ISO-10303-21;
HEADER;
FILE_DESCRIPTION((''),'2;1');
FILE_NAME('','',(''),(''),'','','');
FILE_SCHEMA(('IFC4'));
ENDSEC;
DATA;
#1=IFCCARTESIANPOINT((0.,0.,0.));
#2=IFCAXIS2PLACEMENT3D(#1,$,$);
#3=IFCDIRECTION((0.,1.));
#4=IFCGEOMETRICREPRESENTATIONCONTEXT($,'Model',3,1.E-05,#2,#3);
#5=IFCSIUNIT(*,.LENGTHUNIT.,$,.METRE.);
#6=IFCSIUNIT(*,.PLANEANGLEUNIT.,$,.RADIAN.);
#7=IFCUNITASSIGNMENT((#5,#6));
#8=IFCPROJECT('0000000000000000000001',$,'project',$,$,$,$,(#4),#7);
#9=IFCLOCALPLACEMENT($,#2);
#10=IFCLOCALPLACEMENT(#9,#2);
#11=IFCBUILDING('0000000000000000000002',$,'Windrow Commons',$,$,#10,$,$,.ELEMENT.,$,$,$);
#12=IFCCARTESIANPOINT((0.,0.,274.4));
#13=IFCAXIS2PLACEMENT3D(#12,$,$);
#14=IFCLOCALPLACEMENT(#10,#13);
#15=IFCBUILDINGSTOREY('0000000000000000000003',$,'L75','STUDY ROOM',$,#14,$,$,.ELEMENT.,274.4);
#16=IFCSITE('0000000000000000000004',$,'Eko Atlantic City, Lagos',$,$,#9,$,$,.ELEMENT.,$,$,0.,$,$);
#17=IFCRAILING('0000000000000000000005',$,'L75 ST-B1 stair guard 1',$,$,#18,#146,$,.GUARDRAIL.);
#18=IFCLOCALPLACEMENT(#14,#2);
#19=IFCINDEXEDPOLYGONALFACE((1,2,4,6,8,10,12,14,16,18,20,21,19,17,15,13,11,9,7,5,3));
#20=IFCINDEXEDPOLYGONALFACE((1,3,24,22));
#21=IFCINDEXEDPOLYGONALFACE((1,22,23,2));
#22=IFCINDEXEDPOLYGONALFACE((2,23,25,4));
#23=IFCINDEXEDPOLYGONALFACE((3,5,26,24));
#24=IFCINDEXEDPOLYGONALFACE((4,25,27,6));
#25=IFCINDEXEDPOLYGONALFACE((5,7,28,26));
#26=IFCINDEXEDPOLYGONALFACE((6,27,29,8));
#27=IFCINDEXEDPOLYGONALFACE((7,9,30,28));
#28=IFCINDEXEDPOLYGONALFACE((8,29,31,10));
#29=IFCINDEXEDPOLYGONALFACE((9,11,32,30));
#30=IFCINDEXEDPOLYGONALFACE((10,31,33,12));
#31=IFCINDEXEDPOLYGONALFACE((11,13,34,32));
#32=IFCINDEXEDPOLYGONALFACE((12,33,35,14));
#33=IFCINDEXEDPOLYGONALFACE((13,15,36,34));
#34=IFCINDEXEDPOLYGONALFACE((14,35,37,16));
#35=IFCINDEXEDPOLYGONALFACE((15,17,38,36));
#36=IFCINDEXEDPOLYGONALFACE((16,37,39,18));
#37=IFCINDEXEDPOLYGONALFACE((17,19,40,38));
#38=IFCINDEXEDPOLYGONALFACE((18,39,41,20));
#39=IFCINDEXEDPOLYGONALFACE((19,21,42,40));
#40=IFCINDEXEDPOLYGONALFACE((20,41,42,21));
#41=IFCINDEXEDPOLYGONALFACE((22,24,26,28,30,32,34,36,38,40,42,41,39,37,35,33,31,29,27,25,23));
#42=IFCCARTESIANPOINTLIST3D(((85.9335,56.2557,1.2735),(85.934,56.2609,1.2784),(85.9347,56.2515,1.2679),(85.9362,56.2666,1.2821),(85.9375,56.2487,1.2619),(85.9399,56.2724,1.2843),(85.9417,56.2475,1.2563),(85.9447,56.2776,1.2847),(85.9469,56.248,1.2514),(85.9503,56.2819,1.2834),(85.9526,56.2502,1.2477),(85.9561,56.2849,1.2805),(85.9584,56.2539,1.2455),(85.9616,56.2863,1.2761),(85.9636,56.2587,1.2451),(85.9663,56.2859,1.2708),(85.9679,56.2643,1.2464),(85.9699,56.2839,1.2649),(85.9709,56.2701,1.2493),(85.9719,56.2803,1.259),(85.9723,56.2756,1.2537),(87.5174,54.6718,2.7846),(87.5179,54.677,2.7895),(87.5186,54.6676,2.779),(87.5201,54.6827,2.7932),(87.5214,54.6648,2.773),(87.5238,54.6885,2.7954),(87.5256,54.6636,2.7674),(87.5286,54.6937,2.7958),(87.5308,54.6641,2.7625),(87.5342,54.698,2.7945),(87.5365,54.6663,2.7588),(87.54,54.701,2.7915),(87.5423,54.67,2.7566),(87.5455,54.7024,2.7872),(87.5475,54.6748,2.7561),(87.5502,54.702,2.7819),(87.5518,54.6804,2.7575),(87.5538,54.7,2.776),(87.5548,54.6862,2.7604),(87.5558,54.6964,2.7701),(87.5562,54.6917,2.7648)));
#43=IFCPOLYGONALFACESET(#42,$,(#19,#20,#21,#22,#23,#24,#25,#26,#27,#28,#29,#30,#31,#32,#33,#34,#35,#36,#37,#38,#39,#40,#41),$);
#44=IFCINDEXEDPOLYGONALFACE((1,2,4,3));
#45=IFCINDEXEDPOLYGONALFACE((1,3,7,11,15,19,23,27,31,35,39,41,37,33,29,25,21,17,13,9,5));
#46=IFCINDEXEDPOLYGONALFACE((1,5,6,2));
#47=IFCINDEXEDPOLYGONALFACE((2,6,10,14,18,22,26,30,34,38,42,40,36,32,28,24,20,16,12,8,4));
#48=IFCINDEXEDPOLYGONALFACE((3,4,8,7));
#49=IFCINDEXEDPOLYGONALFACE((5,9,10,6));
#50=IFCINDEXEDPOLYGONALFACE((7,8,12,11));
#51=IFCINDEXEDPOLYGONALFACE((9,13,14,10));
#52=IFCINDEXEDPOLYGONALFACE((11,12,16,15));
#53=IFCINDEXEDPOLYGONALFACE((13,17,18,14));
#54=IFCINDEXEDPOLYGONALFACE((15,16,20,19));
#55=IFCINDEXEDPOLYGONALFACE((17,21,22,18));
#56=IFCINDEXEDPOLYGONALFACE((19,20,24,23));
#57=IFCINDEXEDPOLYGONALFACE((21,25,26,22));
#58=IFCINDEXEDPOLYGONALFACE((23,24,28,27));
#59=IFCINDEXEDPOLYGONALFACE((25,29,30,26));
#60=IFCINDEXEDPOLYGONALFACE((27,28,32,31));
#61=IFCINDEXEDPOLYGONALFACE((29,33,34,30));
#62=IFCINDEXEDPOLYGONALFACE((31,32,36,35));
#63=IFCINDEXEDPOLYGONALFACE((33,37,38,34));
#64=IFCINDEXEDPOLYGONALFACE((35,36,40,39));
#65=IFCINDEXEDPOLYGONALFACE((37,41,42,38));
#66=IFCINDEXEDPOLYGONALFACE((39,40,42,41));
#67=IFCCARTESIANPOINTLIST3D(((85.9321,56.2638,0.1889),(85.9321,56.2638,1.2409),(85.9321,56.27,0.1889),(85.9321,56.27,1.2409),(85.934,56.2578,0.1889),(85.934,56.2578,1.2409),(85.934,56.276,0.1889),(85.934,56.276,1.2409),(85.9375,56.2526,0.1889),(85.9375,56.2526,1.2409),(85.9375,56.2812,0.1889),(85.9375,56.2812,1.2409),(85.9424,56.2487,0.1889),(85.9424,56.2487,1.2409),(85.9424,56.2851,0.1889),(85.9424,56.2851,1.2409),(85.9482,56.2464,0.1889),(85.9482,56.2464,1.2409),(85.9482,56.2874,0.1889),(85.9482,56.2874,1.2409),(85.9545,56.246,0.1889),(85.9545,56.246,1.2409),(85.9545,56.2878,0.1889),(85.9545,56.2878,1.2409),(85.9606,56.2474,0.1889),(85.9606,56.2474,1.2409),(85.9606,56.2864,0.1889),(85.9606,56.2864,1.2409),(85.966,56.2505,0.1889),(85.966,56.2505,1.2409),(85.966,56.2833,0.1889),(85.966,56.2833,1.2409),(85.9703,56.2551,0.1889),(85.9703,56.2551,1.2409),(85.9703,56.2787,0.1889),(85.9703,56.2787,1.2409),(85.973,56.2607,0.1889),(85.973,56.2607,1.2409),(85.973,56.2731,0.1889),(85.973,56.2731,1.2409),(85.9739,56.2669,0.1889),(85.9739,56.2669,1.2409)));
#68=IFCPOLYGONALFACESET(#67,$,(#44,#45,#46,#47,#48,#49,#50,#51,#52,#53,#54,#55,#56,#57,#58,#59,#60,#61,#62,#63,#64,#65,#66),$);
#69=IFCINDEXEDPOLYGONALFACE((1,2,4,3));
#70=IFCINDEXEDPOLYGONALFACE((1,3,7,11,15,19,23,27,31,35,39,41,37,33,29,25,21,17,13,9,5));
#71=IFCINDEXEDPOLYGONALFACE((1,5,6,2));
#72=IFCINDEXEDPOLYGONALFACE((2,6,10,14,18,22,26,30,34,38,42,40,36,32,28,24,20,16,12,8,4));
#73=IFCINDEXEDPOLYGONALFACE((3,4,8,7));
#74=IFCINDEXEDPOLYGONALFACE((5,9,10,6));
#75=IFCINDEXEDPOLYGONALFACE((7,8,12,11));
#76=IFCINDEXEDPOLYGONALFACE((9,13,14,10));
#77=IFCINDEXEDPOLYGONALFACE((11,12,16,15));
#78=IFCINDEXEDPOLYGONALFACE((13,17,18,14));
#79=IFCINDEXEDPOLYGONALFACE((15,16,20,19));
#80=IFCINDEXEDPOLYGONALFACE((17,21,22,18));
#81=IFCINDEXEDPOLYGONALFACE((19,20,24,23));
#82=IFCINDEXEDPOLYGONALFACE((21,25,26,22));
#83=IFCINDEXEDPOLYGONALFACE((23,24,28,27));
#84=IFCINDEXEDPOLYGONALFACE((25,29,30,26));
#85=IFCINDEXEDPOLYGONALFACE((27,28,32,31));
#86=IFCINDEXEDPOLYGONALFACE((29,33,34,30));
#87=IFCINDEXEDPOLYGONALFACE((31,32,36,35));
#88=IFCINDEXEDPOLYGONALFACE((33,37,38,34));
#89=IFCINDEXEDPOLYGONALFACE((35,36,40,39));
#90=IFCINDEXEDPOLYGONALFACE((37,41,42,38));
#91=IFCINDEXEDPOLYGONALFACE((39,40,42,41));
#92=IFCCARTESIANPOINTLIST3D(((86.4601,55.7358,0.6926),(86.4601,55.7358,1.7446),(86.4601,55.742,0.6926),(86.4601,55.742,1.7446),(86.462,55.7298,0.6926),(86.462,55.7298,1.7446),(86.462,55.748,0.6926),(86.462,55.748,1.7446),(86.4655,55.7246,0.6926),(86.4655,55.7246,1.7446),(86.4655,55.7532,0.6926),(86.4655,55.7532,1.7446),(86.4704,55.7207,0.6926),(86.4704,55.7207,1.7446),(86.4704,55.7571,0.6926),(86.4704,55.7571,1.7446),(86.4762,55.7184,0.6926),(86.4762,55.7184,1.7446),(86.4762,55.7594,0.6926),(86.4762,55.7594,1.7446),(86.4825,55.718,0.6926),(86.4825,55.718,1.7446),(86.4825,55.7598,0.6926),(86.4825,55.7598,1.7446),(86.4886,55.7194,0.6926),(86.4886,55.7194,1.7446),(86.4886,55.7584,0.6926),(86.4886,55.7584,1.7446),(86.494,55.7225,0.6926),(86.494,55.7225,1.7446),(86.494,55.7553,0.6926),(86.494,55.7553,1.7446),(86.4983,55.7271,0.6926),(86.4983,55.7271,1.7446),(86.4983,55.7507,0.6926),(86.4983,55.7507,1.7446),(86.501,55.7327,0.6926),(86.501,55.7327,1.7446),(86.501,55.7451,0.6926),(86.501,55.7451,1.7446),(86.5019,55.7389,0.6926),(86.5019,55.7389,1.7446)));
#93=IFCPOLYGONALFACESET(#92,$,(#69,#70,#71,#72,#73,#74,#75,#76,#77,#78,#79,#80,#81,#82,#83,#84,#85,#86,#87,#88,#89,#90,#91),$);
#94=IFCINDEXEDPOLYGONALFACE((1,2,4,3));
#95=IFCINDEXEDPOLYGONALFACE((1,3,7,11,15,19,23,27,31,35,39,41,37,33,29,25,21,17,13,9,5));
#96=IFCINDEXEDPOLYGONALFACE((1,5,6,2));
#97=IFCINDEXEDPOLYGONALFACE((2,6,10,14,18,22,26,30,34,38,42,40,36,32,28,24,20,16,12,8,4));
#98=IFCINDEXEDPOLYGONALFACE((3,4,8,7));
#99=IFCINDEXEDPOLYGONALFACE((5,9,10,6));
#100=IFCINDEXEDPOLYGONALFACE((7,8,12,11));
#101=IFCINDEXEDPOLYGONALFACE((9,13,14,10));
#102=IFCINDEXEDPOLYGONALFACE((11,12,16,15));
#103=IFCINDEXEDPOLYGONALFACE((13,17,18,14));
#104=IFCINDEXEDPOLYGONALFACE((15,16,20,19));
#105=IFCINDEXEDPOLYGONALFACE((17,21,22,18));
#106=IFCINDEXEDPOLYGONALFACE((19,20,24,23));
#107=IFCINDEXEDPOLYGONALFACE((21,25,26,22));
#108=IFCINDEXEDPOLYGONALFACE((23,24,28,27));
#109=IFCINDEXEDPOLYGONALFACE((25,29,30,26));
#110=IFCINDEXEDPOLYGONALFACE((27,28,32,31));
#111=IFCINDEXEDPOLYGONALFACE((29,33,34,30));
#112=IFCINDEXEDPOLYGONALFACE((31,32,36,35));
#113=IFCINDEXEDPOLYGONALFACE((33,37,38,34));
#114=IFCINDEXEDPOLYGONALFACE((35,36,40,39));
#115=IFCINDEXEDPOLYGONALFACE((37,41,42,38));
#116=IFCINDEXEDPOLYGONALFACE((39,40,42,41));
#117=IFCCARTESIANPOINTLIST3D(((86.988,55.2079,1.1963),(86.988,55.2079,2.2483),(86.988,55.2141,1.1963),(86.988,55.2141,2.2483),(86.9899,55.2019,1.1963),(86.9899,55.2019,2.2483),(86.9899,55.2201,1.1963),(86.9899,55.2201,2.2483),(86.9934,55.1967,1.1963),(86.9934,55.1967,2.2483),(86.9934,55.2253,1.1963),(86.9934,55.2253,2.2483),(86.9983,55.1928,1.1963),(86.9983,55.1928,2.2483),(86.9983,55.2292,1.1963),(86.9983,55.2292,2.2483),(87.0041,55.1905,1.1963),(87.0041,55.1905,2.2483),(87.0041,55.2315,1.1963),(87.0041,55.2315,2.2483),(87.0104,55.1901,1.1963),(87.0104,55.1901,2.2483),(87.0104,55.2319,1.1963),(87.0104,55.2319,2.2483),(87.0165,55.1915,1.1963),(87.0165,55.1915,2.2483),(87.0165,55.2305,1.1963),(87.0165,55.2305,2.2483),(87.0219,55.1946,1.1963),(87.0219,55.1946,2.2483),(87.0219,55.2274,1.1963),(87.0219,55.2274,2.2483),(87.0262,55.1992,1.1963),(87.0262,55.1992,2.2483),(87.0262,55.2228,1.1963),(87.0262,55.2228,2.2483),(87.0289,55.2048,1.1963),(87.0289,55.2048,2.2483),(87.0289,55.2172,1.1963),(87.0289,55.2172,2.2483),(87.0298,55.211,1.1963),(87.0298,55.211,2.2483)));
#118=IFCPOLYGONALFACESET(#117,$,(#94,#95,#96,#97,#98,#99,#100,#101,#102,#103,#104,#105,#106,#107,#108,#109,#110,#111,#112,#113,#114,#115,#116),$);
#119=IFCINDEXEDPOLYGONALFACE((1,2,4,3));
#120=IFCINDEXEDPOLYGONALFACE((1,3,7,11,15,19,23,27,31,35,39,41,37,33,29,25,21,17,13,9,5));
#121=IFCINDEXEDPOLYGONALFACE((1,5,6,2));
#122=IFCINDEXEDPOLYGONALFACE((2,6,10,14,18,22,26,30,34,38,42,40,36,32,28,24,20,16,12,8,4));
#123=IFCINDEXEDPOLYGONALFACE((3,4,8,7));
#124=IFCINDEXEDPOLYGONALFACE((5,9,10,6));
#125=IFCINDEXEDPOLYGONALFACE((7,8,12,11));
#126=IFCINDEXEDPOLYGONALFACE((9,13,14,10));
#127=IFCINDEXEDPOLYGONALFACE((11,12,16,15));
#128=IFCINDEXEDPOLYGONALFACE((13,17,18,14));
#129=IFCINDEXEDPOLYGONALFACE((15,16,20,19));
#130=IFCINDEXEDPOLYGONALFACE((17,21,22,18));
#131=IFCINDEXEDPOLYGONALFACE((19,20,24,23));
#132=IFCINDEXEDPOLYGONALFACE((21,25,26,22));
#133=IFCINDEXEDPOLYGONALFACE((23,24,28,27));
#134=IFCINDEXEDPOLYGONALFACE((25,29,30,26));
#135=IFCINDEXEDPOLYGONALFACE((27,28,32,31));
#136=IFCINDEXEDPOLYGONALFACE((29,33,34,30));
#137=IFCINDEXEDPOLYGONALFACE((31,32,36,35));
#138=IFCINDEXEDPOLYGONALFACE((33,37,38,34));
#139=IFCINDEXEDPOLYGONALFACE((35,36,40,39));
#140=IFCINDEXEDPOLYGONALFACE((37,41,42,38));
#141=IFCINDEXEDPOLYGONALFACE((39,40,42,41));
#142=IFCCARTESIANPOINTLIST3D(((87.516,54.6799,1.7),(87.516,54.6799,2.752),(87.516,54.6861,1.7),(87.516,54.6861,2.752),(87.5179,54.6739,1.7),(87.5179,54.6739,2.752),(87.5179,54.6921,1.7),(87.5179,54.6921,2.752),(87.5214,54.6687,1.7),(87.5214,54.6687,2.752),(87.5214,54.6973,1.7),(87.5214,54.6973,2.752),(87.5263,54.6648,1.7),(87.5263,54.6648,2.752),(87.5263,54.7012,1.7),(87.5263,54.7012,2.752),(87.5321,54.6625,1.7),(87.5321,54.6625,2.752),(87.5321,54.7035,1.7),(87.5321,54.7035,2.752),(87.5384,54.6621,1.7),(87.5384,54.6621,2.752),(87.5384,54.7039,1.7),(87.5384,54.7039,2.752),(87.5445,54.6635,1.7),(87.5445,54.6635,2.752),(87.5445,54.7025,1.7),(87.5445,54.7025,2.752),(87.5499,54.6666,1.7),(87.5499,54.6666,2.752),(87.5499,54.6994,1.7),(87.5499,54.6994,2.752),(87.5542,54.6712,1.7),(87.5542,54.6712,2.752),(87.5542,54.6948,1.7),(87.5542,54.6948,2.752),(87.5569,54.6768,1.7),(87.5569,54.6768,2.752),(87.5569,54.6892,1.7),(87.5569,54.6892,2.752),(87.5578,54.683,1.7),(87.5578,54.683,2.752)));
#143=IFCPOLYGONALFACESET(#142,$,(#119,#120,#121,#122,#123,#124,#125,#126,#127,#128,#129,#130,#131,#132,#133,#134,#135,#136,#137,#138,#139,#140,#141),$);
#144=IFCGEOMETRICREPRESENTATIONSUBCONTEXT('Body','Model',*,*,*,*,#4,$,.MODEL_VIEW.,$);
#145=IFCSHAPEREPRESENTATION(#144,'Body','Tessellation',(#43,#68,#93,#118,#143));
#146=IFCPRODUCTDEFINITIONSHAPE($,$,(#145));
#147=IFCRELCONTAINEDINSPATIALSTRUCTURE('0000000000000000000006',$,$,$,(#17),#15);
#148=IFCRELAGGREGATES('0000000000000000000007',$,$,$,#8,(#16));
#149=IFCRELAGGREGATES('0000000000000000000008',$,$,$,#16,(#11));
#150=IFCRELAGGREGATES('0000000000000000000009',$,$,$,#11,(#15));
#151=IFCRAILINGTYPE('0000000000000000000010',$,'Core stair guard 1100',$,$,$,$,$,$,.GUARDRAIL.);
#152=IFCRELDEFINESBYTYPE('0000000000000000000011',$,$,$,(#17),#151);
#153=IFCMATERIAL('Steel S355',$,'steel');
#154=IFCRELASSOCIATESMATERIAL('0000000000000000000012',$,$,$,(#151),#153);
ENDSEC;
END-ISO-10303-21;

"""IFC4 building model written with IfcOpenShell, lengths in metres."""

from ifc_helpers import new_model, si_unit, direction, frame, origin, origin_2d, place, context, subcontext, project, spatial, circle, extrude, material, type_object, element, save


model = new_model("IFC4")

# Units and contexts
model_context = context("Model", 3, precision=1e-05, world=origin(), true_north=direction((0.0, 1.0)))
body_context = subcontext(model_context, "Body", "Model", "MODEL_VIEW")
ifc_project = project(units=[si_unit("LENGTHUNIT", "METRE"), si_unit("PLANEANGLEUNIT", "RADIAN")], contexts=[model_context])

# Site, building, storey
site_placement = place(None, origin())
site = spatial("IfcSite", under=ifc_project, at=site_placement, Name="Eko Atlantic City, Lagos", CompositionType="ELEMENT", RefElevation=0.0)
building_placement = place(site_placement, origin())
building = spatial("IfcBuilding", under=site, at=building_placement, Name="Windrow Commons", CompositionType="ELEMENT")
storey_placement = place(building_placement, frame((0.0, 0.0, 274.4)))
storey = spatial("IfcBuildingStorey", under=building, at=storey_placement, Name="L75", Description="STUDY ROOM", CompositionType="ELEMENT", Elevation=274.4)

# Railing
ifc_material_1 = material(Name="Steel S355", Category="steel")
railing_type_1 = type_object("IfcRailingType", Name="Core stair guard 1100", PredefinedType="GUARDRAIL", material=ifc_material_1)
railing_1_placement = place(storey_placement, frame((85.9529, 56.2669, 0.1889)))
element("IfcRailing", 1, at=railing_1_placement, inside=storey, type_object=railing_type_1, Name="L75 ST-B1 stair guard 1", PredefinedType="GUARDRAIL", context=body_context, shape_type="SweptSolid", body=[
    extrude(circle(Radius=0.024, at=origin_2d()), frame((0.0, 0.0, 1.076), z_axis=(0.586191, -0.586191, 0.559249), x_axis=(0.707107, 0.707107, 0.0)), (0.0, 0.0, 1.0), 2.702),
    extrude(circle(Radius=0.021, at=origin_2d()), origin(), (0.0, 0.0, 1.0), 1.052),
    extrude(circle(Radius=0.021, at=origin_2d()), frame((0.528, -0.528, 0.5037)), (0.0, 0.0, 1.0), 1.052),
    extrude(circle(Radius=0.021, at=origin_2d()), frame((1.0559, -1.0559, 1.0074)), (0.0, 0.0, 1.0), 1.052),
    extrude(circle(Radius=0.021, at=origin_2d()), frame((1.5839, -1.5839, 1.5111)), (0.0, 0.0, 1.0), 1.052),
])

save(model, "model.ifc")
